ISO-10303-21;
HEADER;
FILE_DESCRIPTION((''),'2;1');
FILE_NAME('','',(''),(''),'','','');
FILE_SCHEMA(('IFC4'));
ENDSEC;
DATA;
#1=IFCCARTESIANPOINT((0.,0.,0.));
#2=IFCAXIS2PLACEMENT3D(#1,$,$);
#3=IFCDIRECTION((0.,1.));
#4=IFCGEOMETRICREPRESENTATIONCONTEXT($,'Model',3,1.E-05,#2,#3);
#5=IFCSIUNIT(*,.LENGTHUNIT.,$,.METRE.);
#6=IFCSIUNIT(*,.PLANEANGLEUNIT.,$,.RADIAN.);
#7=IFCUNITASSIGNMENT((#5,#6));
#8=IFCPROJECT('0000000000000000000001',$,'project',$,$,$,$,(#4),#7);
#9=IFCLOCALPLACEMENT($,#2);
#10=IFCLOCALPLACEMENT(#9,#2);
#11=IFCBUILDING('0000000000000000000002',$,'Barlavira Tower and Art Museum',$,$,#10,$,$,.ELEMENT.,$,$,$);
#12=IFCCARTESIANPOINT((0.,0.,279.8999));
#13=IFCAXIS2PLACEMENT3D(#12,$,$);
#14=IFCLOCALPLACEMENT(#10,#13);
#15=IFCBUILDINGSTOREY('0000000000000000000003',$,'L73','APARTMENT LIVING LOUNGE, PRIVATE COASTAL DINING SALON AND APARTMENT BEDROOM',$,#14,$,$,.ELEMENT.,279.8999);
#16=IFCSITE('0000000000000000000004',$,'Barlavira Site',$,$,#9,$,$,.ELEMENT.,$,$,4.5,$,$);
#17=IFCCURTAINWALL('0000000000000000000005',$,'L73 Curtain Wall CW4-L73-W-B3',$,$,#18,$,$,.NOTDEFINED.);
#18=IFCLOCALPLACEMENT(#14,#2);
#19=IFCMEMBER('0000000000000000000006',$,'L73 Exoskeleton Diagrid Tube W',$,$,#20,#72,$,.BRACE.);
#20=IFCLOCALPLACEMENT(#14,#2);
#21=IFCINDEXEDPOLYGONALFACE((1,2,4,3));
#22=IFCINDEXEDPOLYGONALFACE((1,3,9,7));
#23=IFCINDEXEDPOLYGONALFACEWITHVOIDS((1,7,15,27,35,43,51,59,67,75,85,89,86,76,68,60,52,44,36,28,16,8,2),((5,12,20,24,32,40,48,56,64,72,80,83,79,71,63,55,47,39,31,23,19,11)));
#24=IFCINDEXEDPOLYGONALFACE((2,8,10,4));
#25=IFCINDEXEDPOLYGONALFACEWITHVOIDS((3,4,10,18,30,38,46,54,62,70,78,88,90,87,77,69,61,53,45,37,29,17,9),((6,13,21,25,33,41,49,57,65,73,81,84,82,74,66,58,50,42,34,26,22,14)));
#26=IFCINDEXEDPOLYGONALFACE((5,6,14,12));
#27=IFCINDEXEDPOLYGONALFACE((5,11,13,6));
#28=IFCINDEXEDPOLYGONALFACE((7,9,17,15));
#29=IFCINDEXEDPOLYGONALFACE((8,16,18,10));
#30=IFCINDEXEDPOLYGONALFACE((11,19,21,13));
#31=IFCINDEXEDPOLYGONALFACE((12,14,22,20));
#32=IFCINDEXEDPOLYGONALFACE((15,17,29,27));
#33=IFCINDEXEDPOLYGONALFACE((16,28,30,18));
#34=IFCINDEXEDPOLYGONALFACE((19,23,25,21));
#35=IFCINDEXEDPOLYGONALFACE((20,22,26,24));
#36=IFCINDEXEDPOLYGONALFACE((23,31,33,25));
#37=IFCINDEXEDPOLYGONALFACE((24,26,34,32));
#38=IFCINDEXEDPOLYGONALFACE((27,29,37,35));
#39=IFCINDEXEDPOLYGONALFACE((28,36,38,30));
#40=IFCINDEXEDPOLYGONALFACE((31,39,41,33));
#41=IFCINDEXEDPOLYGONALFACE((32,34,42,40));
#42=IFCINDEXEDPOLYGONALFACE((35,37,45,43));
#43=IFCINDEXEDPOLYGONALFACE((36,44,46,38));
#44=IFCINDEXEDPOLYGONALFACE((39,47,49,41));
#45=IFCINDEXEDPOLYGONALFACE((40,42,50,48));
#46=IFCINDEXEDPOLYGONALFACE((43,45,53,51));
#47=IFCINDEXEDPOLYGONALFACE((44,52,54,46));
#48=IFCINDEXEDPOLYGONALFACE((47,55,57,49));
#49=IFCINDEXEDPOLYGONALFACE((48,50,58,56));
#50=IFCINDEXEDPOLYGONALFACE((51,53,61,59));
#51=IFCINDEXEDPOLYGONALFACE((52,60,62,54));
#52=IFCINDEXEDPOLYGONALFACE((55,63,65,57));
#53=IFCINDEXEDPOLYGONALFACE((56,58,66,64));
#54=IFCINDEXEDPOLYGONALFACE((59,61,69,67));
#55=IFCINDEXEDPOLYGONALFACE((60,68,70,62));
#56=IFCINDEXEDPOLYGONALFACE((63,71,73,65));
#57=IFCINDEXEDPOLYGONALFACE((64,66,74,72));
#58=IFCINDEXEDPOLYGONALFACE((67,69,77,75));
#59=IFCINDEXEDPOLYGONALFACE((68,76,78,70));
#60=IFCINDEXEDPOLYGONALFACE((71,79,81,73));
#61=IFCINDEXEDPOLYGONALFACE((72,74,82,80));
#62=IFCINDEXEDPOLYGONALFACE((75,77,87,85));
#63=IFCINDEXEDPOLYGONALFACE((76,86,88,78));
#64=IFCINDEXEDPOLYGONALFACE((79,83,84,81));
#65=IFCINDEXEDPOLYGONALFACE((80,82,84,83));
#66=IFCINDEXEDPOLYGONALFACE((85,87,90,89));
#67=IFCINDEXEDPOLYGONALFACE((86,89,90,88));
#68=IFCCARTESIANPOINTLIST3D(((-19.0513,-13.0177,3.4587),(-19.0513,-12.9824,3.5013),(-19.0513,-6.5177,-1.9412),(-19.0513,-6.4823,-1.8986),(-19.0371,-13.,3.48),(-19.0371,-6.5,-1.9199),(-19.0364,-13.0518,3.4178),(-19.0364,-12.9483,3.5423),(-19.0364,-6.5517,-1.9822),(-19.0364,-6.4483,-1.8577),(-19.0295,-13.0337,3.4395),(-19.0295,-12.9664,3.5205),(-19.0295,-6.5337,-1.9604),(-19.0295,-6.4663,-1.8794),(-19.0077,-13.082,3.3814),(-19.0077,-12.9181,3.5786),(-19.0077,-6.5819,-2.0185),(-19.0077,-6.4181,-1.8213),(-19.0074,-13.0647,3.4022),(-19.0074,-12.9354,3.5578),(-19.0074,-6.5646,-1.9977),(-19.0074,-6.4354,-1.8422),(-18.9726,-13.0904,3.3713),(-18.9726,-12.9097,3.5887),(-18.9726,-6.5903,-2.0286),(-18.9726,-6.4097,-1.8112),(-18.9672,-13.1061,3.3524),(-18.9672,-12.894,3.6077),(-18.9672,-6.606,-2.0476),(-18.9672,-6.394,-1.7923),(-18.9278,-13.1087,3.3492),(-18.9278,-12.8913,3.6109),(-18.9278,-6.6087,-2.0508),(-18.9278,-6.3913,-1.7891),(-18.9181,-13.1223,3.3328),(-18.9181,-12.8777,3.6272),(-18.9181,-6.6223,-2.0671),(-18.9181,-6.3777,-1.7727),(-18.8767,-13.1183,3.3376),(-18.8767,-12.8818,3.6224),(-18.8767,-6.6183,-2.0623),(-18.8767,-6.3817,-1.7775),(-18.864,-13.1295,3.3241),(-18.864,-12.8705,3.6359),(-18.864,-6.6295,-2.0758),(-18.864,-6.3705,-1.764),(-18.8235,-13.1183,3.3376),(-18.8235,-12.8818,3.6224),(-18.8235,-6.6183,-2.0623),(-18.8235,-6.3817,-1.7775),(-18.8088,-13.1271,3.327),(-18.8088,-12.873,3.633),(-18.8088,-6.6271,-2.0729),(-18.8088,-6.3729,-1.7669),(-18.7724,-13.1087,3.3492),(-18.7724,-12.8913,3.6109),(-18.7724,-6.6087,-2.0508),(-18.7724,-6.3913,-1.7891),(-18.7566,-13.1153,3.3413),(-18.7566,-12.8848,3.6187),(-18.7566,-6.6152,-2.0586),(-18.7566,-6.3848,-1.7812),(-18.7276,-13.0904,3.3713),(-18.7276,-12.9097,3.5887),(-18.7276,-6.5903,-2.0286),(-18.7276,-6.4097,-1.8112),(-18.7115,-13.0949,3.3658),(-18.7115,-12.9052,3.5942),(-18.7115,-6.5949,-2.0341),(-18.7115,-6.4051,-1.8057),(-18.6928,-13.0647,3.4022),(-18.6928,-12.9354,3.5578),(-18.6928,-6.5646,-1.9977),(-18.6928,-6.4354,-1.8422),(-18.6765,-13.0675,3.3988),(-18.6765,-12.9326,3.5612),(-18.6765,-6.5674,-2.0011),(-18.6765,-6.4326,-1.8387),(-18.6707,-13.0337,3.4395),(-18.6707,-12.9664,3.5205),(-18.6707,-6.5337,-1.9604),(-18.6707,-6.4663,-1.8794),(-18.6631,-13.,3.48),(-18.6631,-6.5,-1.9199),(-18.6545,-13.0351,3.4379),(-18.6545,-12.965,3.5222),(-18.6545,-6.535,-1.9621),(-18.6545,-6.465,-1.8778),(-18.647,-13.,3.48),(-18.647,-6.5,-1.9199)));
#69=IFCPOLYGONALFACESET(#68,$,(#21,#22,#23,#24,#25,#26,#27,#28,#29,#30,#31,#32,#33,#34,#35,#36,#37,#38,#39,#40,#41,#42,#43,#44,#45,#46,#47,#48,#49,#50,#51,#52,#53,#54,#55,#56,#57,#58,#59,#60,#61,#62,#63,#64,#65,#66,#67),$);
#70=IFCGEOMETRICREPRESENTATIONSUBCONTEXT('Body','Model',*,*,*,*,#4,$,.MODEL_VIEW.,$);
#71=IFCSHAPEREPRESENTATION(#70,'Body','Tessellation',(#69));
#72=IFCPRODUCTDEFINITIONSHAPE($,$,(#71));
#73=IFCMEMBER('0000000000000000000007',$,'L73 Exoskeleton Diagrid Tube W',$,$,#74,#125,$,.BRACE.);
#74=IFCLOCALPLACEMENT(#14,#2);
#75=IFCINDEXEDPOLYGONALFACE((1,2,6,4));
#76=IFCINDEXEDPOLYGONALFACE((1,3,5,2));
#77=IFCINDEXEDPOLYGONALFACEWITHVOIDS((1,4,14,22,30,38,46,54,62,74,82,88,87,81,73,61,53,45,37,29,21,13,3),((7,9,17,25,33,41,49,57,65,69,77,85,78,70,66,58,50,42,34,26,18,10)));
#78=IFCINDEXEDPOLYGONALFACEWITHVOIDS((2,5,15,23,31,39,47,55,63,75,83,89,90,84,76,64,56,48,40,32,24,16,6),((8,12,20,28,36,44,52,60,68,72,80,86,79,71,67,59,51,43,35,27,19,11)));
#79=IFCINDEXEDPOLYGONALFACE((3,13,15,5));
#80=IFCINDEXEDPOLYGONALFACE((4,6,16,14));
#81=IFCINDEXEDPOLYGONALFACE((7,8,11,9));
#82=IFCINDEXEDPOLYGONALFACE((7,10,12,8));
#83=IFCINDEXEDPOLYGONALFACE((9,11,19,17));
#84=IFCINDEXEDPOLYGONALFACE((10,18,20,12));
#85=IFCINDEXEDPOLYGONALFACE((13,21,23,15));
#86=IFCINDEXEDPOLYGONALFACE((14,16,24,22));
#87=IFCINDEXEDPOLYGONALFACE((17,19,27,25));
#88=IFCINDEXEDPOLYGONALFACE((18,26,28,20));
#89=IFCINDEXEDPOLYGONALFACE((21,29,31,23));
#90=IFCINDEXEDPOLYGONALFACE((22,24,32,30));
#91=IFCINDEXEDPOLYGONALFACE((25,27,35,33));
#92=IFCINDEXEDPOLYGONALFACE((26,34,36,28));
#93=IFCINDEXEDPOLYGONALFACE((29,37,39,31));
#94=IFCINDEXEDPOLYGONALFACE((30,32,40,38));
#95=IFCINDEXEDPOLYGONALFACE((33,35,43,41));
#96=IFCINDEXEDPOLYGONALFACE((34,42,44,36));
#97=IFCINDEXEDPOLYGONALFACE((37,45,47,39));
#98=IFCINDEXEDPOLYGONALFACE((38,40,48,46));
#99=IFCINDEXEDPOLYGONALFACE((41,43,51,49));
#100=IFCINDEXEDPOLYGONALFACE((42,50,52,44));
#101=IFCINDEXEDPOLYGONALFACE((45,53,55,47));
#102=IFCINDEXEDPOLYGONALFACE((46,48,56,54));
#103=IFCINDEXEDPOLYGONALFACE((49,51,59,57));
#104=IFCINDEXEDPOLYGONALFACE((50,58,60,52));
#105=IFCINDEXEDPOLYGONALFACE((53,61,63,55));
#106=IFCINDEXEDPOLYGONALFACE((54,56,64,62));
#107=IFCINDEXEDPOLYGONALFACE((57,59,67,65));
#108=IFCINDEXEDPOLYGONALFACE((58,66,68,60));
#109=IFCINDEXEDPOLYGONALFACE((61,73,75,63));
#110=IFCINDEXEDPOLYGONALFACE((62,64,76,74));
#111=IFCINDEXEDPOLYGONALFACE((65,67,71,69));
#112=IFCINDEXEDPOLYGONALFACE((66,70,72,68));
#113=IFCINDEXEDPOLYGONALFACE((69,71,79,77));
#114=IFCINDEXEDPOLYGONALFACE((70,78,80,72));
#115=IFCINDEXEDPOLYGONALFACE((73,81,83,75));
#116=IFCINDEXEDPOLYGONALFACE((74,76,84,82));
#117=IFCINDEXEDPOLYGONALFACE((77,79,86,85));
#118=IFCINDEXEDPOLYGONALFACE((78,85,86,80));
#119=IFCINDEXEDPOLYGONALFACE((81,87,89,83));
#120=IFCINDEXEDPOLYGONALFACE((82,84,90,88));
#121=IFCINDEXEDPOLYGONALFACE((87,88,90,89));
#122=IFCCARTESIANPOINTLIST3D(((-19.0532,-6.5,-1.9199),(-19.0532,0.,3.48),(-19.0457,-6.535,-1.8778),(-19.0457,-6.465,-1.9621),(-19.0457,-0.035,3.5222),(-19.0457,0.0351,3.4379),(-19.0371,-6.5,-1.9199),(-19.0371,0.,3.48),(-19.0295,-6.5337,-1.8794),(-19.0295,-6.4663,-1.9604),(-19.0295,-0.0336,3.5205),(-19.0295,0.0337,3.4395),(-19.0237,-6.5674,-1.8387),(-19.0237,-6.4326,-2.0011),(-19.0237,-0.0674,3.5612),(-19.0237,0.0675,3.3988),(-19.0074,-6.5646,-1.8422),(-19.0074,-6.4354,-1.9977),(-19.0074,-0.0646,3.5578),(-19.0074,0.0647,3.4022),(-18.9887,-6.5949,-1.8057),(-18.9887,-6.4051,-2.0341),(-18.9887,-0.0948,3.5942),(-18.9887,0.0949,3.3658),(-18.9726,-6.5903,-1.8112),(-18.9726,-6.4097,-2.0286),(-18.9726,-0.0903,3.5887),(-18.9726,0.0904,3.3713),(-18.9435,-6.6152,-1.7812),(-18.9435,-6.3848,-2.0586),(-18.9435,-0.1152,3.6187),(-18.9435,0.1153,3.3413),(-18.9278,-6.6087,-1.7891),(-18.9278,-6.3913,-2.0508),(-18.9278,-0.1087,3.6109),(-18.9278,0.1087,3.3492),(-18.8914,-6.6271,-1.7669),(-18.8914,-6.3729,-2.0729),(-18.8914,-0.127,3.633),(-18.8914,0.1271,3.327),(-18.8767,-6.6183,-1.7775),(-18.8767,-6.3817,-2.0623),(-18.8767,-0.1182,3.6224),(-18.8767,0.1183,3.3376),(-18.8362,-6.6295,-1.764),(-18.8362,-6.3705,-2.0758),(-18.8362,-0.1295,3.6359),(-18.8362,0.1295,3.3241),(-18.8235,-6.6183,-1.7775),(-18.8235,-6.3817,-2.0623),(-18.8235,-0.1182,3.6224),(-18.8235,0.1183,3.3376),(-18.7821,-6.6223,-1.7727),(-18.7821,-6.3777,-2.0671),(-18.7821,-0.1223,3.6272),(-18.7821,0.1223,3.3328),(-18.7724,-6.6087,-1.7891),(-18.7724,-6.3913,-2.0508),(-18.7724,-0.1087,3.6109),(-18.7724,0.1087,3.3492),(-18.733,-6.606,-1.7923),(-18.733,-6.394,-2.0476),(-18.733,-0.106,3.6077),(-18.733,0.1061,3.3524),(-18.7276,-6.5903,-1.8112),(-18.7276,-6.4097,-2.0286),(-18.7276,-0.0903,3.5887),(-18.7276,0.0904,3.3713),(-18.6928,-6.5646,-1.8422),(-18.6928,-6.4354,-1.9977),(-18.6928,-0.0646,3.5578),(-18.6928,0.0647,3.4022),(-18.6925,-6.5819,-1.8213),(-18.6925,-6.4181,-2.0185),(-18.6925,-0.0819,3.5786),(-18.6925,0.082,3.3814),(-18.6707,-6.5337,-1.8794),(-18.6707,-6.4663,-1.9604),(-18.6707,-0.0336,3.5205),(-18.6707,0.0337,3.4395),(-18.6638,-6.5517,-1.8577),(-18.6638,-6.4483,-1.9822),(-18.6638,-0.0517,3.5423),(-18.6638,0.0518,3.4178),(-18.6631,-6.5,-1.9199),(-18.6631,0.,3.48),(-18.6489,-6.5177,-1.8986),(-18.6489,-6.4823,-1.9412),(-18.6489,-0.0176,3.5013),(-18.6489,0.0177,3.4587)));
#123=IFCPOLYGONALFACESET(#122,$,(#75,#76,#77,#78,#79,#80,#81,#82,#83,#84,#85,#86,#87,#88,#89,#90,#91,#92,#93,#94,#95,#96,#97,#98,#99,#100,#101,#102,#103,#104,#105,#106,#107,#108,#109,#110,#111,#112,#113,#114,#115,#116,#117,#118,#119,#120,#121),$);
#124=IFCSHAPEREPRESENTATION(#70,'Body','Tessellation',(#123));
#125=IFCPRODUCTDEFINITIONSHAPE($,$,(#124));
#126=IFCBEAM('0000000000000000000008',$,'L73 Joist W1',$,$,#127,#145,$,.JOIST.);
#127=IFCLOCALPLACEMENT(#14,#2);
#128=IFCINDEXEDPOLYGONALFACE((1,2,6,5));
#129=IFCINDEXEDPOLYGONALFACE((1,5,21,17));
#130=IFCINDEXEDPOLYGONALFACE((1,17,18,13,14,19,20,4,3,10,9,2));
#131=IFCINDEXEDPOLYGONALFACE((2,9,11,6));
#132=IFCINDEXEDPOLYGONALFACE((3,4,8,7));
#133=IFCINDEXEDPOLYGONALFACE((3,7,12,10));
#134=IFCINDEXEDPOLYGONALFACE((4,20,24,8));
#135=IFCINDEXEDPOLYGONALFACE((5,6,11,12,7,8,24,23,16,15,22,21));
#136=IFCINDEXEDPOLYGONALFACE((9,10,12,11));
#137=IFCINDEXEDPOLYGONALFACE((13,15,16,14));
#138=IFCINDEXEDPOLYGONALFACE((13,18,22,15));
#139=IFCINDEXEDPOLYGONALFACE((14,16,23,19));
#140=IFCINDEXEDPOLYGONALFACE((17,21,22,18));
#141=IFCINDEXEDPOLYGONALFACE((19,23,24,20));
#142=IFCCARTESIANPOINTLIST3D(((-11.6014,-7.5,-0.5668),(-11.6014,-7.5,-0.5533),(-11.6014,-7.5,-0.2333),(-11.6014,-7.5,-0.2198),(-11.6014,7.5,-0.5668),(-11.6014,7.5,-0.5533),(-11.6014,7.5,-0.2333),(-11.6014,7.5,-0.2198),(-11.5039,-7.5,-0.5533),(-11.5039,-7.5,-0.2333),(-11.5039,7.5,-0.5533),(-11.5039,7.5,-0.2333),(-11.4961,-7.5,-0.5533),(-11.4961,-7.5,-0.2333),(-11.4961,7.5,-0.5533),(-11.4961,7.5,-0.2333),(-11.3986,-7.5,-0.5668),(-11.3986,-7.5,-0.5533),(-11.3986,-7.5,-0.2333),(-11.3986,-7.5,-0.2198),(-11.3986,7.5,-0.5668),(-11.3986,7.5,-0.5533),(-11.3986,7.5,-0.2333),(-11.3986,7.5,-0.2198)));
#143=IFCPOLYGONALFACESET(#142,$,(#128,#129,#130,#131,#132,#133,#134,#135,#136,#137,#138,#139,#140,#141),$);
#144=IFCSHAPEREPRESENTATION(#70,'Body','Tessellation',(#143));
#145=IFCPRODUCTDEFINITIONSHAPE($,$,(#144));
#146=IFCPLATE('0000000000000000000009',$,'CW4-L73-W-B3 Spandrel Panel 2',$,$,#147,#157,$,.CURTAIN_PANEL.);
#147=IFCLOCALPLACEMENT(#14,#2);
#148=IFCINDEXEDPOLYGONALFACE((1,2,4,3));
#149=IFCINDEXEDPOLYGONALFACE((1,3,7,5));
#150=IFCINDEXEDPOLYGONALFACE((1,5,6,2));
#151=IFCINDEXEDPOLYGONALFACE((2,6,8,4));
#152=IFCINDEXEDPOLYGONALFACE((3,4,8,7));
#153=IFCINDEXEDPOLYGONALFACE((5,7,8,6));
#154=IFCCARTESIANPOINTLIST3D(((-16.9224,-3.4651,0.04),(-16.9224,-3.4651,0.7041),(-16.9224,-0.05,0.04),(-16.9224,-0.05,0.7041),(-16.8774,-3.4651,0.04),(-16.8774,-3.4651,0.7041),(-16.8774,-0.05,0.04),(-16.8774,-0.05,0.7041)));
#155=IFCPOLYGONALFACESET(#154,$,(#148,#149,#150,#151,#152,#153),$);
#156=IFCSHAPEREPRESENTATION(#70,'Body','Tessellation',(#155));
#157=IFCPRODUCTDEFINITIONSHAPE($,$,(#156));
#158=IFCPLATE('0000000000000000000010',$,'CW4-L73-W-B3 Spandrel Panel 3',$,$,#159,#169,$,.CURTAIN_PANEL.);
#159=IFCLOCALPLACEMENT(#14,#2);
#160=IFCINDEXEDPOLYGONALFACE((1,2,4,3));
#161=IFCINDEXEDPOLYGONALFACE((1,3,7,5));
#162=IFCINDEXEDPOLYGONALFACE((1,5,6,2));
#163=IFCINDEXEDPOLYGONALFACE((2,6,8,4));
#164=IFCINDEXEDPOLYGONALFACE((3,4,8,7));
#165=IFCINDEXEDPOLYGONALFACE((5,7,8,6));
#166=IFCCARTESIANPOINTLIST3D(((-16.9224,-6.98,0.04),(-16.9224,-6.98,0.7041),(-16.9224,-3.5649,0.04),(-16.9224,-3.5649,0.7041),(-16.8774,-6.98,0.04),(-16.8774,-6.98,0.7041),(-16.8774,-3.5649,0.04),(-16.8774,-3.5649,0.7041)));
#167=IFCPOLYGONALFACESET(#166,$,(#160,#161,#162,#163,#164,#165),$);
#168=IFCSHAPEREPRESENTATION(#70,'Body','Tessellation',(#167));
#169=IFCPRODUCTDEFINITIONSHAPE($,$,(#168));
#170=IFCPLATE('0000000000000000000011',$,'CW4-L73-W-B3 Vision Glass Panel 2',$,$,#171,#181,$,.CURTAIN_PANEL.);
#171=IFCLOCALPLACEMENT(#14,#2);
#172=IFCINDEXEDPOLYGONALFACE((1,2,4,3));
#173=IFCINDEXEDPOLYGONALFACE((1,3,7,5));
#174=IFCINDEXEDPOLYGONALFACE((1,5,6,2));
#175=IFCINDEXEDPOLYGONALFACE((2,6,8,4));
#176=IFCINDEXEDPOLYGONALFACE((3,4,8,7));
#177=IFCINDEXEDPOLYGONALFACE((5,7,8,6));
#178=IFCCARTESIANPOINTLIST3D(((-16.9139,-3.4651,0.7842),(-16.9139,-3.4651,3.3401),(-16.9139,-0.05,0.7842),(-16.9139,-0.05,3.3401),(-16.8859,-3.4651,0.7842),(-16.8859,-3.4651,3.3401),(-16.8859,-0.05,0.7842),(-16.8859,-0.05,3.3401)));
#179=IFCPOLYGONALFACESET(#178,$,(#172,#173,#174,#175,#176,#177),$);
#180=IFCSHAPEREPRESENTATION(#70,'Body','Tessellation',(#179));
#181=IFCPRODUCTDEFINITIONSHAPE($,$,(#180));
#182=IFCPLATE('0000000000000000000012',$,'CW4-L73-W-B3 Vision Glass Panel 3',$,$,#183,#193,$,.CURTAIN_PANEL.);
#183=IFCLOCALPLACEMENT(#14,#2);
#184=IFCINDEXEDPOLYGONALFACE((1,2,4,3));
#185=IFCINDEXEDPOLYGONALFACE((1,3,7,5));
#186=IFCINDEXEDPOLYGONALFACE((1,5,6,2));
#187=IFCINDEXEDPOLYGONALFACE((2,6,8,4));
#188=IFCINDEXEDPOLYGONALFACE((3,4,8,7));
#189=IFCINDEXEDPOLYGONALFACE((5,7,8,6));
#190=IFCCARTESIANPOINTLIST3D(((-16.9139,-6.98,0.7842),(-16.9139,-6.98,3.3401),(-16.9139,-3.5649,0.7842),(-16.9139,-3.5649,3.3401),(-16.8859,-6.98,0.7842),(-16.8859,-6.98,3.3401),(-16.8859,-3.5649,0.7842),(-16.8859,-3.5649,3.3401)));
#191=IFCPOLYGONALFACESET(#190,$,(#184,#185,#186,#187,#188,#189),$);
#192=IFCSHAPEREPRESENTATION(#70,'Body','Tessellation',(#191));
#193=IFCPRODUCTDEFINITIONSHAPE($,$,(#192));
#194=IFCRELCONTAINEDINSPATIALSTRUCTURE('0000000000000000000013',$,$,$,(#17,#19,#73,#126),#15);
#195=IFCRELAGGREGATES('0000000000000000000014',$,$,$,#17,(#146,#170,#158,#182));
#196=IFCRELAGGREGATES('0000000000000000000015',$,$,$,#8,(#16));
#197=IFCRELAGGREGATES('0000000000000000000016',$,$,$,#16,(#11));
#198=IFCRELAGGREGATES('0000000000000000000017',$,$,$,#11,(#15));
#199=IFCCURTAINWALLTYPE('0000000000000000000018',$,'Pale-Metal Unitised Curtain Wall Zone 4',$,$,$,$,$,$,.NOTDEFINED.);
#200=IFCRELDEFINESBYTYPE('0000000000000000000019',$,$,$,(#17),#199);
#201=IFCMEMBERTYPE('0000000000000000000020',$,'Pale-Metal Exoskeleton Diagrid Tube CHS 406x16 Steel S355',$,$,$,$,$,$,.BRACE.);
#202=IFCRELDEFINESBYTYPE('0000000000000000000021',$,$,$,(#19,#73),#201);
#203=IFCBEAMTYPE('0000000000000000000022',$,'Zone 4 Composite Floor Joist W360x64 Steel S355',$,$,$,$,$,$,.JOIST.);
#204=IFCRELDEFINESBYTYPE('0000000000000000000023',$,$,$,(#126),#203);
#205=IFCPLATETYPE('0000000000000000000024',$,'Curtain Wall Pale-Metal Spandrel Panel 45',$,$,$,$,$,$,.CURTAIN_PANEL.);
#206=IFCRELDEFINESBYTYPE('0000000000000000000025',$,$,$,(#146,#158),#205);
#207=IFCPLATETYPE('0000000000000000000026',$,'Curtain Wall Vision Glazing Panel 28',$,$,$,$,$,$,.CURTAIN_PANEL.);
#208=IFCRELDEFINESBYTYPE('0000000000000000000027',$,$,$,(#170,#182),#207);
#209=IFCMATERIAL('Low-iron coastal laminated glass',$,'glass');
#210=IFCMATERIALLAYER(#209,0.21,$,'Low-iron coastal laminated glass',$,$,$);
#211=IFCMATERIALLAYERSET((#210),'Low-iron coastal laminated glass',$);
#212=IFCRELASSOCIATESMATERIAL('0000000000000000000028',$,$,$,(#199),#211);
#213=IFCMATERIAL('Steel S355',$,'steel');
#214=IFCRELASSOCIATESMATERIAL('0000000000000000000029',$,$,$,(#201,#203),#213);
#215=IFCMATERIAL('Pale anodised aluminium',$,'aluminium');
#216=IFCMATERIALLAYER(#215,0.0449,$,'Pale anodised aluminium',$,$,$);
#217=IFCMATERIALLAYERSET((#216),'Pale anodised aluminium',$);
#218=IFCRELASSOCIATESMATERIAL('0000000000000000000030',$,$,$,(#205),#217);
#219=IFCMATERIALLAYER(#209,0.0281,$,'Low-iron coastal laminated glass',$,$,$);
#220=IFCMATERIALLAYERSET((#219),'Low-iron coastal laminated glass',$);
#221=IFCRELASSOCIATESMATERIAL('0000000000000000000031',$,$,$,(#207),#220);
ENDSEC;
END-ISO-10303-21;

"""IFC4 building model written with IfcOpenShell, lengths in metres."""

from ifc_helpers import new_model, si_unit, direction, frame, origin, origin_2d, place, context, subcontext, project, spatial, rectangle, hollow_circle, i_section, extrude, material, layer, layer_set, material_profile, profile_set, type_object, element, aggregate, save


model = new_model("IFC4")

# Units and contexts
model_context = context("Model", 3, precision=1e-05, world=origin(), true_north=direction((0.0, 1.0)))
body_context = subcontext(model_context, "Body", "Model", "MODEL_VIEW")
ifc_project = project(units=[si_unit("LENGTHUNIT", "METRE"), si_unit("PLANEANGLEUNIT", "RADIAN")], contexts=[model_context])

# Site, building, storey
site_placement = place(None, origin())
site = spatial("IfcSite", under=ifc_project, at=site_placement, Name="Barlavira Site", CompositionType="ELEMENT", RefElevation=4.5)
building_placement = place(site_placement, origin())
building = spatial("IfcBuilding", under=site, at=building_placement, Name="Barlavira Tower and Art Museum", CompositionType="ELEMENT")
storey_placement = place(building_placement, frame((0.0, 0.0, 279.8999)))
storey = spatial("IfcBuildingStorey", under=building, at=storey_placement, Name="L73", Description="APARTMENT LIVING LOUNGE, PRIVATE COASTAL DINING SALON AND APARTMENT BEDROOM", CompositionType="ELEMENT", Elevation=279.8999)

# Curtain wall
ifc_material_1 = material(Name="Low-iron coastal laminated glass", Category="glass")
ifc_layer_1 = layer(ifc_material_1, 0.21, Name="Low-iron coastal laminated glass")
ifc_layer_set_1 = layer_set([ifc_layer_1], Name="Low-iron coastal laminated glass")
curtain_wall_type = type_object("IfcCurtainWallType", Name="Pale-Metal Unitised Curtain Wall Zone 4", PredefinedType="NOTDEFINED", material=ifc_layer_set_1)
curtain_wall_placement = place(storey_placement, origin())
curtain_wall = element("IfcCurtainWall", 1, at=curtain_wall_placement, inside=storey, type_object=curtain_wall_type, Name="L73 Curtain Wall CW4-L73-W-B3", PredefinedType="NOTDEFINED")
ifc_material_2 = material(Name="Pale anodised aluminium", Category="aluminium")

# Members
ifc_material_3 = material(Name="Steel S355", Category="steel")
ifc_material_profile_1 = material_profile(ifc_material_3, hollow_circle(Radius=0.2031, WallThickness=0.0161, at=origin_2d()), Name="CHS 406.4x16.0")
ifc_profile_set_1 = profile_set([ifc_material_profile_1], Name="Steel S355")
member_type_1 = type_object("IfcMemberType", Name="Pale-Metal Exoskeleton Diagrid Tube CHS 406x16 Steel S355", PredefinedType="BRACE", material=ifc_profile_set_1)
for number, where, z_axis, x_axis, name in (
    (2, (-18.8501, -6.5, -1.9199), (0.0, -0.769196, 0.639013), (1.0, 0.0, 0.0), "L73 Exoskeleton Diagrid Tube W"),
    (3, (-18.8501, -6.5, -1.9199), (0.0, 0.769196, 0.639013), (-1.0, 0.0, 0.0), "L73 Exoskeleton Diagrid Tube W"),
):
    element("IfcMember", number, at=place(storey_placement, frame(where, z_axis=z_axis, x_axis=x_axis)), inside=storey, type_object=member_type_1, Name=name, PredefinedType="BRACE", context=body_context, shape_type="SweptSolid", body=[
        extrude(hollow_circle(Radius=0.2031, WallThickness=0.0161, at=origin_2d()), origin(), (0.0, 0.0, 1.0), 8.4504),
    ])

# Beam
ifc_material_profile_2 = material_profile(ifc_material_3, i_section(OverallWidth=0.2029, OverallDepth=0.3469, WebThickness=0.0078, FlangeThickness=0.0134, at=origin_2d()), Name="W360x64.0")
ifc_profile_set_2 = profile_set([ifc_material_profile_2], Name="Steel S355")
beam_type = type_object("IfcBeamType", Name="Zone 4 Composite Floor Joist W360x64 Steel S355", PredefinedType="JOIST", material=ifc_profile_set_2)
beam_placement = place(storey_placement, frame((-11.5, -7.5, -0.3933), z_axis=(0.0, 1.0, 0.0), x_axis=(-1.0, 0.0, 0.0)))
element("IfcBeam", 4, at=beam_placement, inside=storey, type_object=beam_type, Name="L73 Joist W1", PredefinedType="JOIST", context=body_context, shape_type="SweptSolid", body=[
    extrude(i_section(OverallWidth=0.2029, OverallDepth=0.3469, WebThickness=0.0078, FlangeThickness=0.0134, at=origin_2d()), origin(), (0.0, 0.0, 1.0), 15.0),
])

# Plates
ifc_layer_2 = layer(ifc_material_2, 0.0449, Name="Pale anodised aluminium")
ifc_layer_set_2 = layer_set([ifc_layer_2], Name="Pale anodised aluminium")
plate_type_1 = type_object("IfcPlateType", Name="Curtain Wall Pale-Metal Spandrel Panel 45", PredefinedType="CURTAIN_PANEL", material=ifc_layer_set_2)
plate_1_placement = place(storey_placement, frame((-16.8999, -1.7576, 0.04), z_axis=(0.0, 0.0, 1.0), x_axis=(0.0, -1.0, 0.0)))
plate_1 = element("IfcPlate", 5, at=plate_1_placement, type_object=plate_type_1, Name="CW4-L73-W-B3 Spandrel Panel 2", PredefinedType="CURTAIN_PANEL", context=body_context, shape_type="SweptSolid", body=[
    extrude(rectangle(XDim=3.415, YDim=0.0449, at=origin_2d()), origin(), (0.0, 0.0, 1.0), 0.6641),
])
plate_2_placement = place(storey_placement, frame((-16.8999, -5.2725, 0.04), z_axis=(0.0, 0.0, 1.0), x_axis=(0.0, -1.0, 0.0)))
plate_2 = element("IfcPlate", 6, at=plate_2_placement, type_object=plate_type_1, Name="CW4-L73-W-B3 Spandrel Panel 3", PredefinedType="CURTAIN_PANEL", context=body_context, shape_type="SweptSolid", body=[
    extrude(rectangle(XDim=3.415, YDim=0.0449, at=origin_2d()), origin(), (0.0, 0.0, 1.0), 0.6641),
])
ifc_layer_3 = layer(ifc_material_1, 0.0281, Name="Low-iron coastal laminated glass")
ifc_layer_set_3 = layer_set([ifc_layer_3], Name="Low-iron coastal laminated glass")
plate_type_2 = type_object("IfcPlateType", Name="Curtain Wall Vision Glazing Panel 28", PredefinedType="CURTAIN_PANEL", material=ifc_layer_set_3)
plate_3_placement = place(storey_placement, frame((-16.8999, -1.7576, 0.7842), z_axis=(0.0, 0.0, 1.0), x_axis=(0.0, -1.0, 0.0)))
plate_3 = element("IfcPlate", 7, at=plate_3_placement, type_object=plate_type_2, Name="CW4-L73-W-B3 Vision Glass Panel 2", PredefinedType="CURTAIN_PANEL", context=body_context, shape_type="SweptSolid", body=[
    extrude(rectangle(XDim=3.415, YDim=0.0281, at=origin_2d()), origin(), (0.0, 0.0, 1.0), 2.5559),
])
plate_4_placement = place(storey_placement, frame((-16.8999, -5.2725, 0.7842), z_axis=(0.0, 0.0, 1.0), x_axis=(0.0, -1.0, 0.0)))
plate_4 = element("IfcPlate", 8, at=plate_4_placement, type_object=plate_type_2, Name="CW4-L73-W-B3 Vision Glass Panel 3", PredefinedType="CURTAIN_PANEL", context=body_context, shape_type="SweptSolid", body=[
    extrude(rectangle(XDim=3.415, YDim=0.0281, at=origin_2d()), origin(), (0.0, 0.0, 1.0), 2.5559),
])
aggregate(curtain_wall, [plate_1, plate_3, plate_2, plate_4])

save(model, "model.ifc")
